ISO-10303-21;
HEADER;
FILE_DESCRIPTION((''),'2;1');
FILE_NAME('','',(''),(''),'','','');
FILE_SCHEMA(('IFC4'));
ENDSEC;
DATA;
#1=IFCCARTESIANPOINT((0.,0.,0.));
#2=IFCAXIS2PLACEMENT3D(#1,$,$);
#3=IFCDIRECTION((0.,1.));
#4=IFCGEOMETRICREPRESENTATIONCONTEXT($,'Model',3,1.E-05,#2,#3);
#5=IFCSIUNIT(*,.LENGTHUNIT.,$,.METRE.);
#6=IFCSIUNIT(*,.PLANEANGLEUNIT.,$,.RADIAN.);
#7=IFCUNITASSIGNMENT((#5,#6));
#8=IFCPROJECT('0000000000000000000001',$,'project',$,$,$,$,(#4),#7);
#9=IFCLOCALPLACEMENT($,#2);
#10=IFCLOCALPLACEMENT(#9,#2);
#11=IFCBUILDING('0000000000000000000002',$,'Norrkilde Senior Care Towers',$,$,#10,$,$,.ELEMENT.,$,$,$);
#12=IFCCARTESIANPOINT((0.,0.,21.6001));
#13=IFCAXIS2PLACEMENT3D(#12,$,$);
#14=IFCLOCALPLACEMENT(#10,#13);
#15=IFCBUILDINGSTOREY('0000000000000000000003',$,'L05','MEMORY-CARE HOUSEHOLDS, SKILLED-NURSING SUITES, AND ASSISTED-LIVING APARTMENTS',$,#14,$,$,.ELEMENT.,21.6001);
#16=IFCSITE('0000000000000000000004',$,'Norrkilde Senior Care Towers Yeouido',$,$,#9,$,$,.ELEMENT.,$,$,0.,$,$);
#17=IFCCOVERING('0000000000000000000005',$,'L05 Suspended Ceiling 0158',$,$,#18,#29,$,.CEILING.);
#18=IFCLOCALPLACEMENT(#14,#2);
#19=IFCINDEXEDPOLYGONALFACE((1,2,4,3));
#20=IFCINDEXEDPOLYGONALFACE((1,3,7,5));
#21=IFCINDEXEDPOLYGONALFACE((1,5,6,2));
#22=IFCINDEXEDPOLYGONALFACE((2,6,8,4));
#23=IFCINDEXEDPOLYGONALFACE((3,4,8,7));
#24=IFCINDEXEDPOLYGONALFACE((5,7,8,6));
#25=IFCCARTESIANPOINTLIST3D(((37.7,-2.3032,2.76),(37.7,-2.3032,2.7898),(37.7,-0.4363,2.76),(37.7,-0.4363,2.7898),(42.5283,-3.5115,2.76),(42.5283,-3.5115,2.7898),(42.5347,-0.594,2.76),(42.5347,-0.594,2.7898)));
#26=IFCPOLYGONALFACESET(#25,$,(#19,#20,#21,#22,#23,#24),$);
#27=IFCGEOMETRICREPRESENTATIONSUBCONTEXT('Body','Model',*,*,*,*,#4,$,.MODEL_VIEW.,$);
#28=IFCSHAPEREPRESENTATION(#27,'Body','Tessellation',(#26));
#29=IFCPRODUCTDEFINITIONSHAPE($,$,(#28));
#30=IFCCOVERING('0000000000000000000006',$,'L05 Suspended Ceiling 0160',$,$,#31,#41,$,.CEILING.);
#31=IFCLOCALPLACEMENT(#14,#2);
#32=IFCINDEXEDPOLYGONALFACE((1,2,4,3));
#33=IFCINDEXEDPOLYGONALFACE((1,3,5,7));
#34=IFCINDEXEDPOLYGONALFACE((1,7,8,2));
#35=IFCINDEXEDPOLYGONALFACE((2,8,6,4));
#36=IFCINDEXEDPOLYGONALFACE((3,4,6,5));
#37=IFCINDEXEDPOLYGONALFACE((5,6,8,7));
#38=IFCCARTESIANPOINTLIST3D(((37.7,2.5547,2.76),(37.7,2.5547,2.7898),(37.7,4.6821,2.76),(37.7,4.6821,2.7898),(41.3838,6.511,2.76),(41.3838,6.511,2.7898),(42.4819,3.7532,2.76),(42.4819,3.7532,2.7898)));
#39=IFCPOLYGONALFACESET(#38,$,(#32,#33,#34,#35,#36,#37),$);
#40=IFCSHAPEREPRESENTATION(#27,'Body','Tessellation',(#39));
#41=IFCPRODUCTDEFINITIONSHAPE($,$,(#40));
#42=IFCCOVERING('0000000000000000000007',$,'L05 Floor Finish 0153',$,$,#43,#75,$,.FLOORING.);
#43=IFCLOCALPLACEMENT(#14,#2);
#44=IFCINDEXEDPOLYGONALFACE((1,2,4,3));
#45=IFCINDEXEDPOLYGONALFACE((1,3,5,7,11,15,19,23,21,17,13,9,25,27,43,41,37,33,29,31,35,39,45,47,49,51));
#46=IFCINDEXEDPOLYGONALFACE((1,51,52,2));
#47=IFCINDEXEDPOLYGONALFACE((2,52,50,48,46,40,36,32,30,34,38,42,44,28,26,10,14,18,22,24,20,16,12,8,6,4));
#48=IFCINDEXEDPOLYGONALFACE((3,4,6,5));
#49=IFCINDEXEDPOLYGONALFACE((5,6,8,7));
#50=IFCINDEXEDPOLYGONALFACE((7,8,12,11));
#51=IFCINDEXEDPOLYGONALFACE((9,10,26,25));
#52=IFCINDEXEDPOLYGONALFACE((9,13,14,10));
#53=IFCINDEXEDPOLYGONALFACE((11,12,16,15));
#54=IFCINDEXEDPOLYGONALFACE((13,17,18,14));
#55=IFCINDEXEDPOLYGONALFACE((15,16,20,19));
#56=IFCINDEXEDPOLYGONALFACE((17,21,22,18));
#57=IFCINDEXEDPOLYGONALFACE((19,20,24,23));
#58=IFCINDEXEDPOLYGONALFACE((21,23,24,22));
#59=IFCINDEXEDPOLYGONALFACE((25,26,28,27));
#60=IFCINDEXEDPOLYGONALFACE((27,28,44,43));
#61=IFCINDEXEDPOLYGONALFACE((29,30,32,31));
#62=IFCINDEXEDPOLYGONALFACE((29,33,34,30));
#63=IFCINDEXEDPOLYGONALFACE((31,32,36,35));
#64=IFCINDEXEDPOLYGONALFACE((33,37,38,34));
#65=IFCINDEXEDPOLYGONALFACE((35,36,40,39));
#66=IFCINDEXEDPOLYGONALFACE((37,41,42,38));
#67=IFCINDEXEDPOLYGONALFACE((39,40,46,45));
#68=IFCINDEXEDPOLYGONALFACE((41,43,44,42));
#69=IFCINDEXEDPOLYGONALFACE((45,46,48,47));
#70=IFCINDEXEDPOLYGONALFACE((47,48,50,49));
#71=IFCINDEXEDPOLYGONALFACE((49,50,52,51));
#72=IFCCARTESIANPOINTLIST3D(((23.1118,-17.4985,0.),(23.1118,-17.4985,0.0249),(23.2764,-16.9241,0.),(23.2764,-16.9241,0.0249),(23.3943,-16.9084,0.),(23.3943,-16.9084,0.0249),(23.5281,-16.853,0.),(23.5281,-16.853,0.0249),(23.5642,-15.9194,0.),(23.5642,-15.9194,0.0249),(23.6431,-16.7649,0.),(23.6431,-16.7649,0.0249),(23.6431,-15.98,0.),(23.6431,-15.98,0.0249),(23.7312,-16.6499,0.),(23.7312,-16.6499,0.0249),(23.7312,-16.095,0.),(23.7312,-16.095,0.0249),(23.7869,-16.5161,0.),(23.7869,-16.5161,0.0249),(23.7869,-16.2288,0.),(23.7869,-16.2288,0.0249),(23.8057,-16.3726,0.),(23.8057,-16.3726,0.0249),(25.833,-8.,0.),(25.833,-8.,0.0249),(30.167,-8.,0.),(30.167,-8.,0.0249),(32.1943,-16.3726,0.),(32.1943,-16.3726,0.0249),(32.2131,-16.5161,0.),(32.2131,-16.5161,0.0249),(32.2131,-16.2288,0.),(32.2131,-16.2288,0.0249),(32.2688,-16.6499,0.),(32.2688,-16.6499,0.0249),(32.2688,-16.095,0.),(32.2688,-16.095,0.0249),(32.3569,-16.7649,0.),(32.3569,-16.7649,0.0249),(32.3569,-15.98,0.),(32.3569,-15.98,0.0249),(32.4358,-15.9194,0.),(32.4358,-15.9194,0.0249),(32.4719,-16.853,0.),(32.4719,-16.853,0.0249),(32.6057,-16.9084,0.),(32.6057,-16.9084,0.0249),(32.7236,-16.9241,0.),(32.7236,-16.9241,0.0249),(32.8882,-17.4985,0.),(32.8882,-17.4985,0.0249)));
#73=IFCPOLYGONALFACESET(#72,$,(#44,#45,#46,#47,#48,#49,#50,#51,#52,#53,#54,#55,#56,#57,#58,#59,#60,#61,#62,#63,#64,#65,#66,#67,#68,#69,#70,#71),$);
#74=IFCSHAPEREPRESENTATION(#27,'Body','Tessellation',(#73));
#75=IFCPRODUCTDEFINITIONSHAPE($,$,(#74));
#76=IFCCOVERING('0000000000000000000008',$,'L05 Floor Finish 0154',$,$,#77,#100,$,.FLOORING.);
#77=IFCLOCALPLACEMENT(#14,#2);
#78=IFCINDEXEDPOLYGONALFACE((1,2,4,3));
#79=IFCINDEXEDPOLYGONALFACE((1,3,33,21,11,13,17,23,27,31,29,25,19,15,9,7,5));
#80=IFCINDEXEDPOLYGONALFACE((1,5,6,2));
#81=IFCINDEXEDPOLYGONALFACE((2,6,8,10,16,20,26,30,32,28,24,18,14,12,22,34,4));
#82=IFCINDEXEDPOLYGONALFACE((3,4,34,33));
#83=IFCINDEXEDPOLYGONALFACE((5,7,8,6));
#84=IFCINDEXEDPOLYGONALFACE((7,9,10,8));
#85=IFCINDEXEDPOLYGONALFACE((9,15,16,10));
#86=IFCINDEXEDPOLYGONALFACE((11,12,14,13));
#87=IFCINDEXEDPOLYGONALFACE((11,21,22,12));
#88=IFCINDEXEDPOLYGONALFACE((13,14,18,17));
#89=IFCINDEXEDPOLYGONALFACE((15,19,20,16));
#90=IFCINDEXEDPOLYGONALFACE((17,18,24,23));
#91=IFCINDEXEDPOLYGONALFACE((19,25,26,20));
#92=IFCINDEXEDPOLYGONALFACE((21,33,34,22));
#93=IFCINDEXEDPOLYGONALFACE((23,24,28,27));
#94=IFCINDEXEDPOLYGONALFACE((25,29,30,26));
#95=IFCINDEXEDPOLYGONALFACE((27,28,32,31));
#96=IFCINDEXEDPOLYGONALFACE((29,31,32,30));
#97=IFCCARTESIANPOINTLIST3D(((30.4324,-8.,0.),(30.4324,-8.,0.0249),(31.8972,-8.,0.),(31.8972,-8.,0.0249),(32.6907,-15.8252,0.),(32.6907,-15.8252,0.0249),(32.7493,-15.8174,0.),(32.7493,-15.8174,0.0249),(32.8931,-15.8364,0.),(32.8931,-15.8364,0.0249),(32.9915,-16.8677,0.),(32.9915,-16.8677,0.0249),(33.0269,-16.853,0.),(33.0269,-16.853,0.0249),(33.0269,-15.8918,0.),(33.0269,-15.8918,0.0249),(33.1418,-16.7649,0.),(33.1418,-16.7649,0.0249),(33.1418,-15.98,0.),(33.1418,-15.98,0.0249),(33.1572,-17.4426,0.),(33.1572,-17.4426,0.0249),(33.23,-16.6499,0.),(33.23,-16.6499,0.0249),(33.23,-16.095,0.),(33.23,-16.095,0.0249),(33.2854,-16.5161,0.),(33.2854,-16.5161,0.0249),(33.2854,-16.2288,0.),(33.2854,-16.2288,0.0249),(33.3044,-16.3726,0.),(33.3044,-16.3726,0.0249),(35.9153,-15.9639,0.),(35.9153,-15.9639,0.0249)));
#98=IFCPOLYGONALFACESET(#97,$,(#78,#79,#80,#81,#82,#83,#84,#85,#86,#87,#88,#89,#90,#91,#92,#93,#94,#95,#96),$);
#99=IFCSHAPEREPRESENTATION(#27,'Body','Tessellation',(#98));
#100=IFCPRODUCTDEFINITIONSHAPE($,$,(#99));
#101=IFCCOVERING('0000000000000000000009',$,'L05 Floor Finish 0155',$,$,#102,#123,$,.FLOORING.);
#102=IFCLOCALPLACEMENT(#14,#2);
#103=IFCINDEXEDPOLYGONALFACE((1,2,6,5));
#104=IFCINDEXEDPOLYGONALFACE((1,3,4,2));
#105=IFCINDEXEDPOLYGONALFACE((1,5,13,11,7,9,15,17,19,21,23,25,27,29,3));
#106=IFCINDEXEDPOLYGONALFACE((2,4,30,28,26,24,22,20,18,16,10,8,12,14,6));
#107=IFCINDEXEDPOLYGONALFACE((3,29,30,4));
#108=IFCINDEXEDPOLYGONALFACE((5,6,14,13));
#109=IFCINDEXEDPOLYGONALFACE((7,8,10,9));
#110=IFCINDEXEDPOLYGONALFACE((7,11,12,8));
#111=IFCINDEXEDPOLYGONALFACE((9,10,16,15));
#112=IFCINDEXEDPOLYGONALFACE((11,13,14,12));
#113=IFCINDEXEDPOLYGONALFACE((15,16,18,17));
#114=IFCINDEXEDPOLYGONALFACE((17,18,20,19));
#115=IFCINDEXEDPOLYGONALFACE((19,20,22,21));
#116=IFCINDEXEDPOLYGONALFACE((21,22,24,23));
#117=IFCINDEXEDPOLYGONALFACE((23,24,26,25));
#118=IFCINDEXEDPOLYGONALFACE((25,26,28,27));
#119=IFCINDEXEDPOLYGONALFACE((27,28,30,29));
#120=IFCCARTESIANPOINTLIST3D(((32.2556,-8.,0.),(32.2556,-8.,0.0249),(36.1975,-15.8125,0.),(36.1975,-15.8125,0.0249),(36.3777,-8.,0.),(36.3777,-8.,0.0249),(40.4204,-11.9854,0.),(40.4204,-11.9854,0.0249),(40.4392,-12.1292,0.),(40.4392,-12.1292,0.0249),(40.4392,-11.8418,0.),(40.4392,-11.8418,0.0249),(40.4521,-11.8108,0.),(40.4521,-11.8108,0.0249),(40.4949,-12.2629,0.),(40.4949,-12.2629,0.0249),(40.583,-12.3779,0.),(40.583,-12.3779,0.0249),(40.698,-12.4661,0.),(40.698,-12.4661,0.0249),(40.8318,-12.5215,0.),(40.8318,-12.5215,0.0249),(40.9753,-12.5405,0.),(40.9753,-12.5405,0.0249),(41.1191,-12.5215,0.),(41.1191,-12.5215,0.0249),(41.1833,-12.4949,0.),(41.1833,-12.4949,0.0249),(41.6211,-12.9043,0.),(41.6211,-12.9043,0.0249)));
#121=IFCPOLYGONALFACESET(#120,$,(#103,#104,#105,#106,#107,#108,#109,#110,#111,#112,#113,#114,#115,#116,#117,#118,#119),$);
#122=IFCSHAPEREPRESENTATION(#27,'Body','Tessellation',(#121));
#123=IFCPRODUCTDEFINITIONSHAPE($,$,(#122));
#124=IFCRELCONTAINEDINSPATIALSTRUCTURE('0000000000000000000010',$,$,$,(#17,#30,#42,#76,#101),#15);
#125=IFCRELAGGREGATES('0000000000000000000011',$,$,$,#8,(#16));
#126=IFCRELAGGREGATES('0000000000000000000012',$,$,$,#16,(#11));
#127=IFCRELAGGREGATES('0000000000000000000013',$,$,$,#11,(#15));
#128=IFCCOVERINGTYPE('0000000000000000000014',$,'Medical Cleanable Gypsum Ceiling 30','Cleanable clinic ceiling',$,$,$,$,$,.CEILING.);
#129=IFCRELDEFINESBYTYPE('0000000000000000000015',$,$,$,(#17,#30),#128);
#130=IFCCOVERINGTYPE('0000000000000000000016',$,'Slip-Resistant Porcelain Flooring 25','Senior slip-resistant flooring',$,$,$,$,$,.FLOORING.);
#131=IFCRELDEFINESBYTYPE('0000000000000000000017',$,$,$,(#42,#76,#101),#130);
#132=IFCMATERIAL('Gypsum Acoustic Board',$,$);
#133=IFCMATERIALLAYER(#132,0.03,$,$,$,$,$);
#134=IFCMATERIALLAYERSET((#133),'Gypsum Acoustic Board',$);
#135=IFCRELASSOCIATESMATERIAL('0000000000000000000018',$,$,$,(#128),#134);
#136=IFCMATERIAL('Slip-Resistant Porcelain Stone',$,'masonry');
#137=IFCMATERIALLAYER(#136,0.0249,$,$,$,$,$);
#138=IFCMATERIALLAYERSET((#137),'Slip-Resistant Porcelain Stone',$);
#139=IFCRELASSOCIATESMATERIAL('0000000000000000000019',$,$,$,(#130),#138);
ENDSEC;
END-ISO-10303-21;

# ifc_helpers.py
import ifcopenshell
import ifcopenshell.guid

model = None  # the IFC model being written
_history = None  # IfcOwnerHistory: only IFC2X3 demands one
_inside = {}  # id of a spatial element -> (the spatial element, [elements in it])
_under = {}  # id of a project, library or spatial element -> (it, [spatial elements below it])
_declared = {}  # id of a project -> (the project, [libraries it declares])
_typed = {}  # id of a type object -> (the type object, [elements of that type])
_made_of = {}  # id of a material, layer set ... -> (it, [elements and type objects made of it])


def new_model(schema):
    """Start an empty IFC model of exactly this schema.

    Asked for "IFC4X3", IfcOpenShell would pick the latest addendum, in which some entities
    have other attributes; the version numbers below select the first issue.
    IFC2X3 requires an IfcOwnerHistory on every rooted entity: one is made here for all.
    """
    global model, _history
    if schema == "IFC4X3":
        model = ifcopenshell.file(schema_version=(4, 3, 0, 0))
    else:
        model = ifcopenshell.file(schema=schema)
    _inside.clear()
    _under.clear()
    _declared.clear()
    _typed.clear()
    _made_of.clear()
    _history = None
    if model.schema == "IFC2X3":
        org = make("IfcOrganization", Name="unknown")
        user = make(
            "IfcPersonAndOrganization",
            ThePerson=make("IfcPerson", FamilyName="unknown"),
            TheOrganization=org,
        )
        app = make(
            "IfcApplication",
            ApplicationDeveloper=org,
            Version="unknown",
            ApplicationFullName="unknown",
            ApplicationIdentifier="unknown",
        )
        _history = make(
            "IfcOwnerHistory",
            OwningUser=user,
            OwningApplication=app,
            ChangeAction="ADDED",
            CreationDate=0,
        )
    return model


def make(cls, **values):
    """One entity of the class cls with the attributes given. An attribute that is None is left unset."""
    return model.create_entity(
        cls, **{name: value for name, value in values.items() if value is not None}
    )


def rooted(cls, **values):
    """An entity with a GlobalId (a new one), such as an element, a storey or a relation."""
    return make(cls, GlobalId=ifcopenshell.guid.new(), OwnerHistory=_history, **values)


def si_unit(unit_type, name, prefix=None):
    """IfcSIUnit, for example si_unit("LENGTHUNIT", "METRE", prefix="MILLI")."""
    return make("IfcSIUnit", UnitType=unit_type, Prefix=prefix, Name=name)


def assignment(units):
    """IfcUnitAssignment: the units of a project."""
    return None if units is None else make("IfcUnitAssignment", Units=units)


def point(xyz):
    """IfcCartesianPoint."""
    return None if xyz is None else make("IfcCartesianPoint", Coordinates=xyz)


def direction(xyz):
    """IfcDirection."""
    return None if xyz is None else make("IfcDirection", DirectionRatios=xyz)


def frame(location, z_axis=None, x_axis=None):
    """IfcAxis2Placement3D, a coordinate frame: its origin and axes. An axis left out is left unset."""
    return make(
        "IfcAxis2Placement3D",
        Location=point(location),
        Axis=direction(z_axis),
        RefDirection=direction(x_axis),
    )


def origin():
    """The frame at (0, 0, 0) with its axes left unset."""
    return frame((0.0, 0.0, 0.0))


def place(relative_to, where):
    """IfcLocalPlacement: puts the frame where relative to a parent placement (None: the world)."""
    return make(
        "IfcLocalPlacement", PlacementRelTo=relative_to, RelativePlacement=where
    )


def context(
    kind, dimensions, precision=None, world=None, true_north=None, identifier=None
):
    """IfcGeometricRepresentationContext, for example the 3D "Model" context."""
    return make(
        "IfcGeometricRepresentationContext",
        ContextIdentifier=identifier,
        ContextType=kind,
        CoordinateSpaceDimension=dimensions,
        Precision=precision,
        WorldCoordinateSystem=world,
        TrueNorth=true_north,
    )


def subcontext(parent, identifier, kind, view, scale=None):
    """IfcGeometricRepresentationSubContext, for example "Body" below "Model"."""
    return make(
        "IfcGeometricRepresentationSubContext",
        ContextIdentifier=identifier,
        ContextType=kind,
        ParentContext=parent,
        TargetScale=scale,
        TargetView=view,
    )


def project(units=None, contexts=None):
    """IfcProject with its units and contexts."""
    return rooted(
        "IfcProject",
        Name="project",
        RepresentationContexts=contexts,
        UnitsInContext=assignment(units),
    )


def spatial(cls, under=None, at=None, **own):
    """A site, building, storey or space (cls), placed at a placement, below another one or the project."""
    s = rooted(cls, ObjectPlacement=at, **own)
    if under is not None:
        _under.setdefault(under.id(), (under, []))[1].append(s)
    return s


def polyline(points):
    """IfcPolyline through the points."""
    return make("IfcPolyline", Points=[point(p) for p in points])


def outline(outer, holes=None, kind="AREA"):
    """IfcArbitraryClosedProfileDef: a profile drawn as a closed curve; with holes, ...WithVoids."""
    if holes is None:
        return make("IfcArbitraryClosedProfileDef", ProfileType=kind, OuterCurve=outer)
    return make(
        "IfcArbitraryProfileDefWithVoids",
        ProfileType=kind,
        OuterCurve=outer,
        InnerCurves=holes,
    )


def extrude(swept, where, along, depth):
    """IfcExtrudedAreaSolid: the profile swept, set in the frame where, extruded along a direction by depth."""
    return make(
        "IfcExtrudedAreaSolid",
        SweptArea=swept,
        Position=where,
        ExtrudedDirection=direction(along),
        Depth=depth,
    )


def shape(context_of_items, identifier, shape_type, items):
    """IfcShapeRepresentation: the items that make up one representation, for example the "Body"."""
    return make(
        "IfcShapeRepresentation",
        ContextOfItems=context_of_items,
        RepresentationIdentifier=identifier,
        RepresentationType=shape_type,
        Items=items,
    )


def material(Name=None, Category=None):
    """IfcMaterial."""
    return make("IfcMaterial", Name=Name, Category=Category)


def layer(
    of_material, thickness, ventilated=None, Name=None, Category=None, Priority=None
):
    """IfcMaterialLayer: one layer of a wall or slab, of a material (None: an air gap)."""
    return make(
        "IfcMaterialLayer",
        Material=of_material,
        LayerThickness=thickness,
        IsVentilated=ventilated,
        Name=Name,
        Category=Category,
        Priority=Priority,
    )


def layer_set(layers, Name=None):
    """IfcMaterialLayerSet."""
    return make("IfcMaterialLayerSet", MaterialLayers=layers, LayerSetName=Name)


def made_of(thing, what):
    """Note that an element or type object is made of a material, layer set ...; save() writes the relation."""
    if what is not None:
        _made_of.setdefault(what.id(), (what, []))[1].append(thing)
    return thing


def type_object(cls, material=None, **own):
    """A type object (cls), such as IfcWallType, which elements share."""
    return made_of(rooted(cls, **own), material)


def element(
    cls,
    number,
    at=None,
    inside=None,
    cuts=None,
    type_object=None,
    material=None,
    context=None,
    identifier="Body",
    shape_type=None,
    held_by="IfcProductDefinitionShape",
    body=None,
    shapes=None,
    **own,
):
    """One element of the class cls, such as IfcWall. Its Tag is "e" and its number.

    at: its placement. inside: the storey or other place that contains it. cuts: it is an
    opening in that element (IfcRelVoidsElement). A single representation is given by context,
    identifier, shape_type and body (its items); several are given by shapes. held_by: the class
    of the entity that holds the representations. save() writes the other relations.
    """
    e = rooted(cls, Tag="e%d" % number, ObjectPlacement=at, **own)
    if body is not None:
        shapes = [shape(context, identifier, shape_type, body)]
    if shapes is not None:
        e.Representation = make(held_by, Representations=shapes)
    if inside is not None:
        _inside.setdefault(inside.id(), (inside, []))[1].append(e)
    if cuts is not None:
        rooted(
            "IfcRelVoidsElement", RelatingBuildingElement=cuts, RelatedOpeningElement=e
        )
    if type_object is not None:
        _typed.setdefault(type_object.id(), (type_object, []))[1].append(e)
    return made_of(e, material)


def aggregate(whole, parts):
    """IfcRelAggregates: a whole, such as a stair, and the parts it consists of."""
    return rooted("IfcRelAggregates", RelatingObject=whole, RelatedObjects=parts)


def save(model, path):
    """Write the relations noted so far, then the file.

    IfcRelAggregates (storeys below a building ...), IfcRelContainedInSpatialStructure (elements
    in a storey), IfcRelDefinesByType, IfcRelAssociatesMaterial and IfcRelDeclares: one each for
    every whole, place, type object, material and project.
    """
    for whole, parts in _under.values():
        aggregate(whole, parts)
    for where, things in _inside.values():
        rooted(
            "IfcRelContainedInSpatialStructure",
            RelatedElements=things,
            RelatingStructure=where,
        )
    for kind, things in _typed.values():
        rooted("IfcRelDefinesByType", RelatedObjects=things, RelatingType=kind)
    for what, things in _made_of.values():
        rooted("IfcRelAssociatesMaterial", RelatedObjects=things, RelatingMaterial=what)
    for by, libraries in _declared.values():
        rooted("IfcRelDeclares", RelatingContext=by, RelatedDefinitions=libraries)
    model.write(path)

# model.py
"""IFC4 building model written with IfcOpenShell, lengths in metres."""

from ifc_helpers import new_model, si_unit, direction, frame, origin, place, context, subcontext, project, spatial, polyline, outline, extrude, material, layer, layer_set, type_object, element, save


model = new_model("IFC4")

# Units and contexts
model_context = context("Model", 3, precision=1e-05, world=origin(), true_north=direction((0.0, 1.0)))
body_context = subcontext(model_context, "Body", "Model", "MODEL_VIEW")
ifc_project = project(units=[si_unit("LENGTHUNIT", "METRE"), si_unit("PLANEANGLEUNIT", "RADIAN")], contexts=[model_context])

# Site, building, storey
site_placement = place(None, origin())
site = spatial("IfcSite", under=ifc_project, at=site_placement, Name="Norrkilde Senior Care Towers Yeouido", CompositionType="ELEMENT", RefElevation=0.0)
building_placement = place(site_placement, origin())
building = spatial("IfcBuilding", under=site, at=building_placement, Name="Norrkilde Senior Care Towers", CompositionType="ELEMENT")
storey_placement = place(building_placement, frame((0.0, 0.0, 21.6001)))
storey = spatial("IfcBuildingStorey", under=building, at=storey_placement, Name="L05", Description="MEMORY-CARE HOUSEHOLDS, SKILLED-NURSING SUITES, AND ASSISTED-LIVING APARTMENTS", CompositionType="ELEMENT", Elevation=21.6001)

# Shared definitions
ifc_material_1 = material(Name="Gypsum Acoustic Board")

# Coverings
ifc_layer_1 = layer(ifc_material_1, 0.03)
ifc_layer_set_1 = layer_set([ifc_layer_1], Name="Gypsum Acoustic Board")
covering_type_1 = type_object("IfcCoveringType", Name="Medical Cleanable Gypsum Ceiling 30", Description="Cleanable clinic ceiling", PredefinedType="CEILING", material=ifc_layer_set_1)
covering_1_placement = place(storey_placement, frame((0.0, 0.0, 2.76)))
element("IfcCovering", 1, at=covering_1_placement, inside=storey, type_object=covering_type_1, Name="L05 Suspended Ceiling 0158", PredefinedType="CEILING", context=body_context, shape_type="SweptSolid", body=[
    extrude(outline(polyline([(42.5283, -3.5115), (37.7, -2.3032), (37.7, -0.4363), (42.5347, -0.594), (42.5283, -3.5115)])), origin(), (0.0, 0.0, 1.0), 0.0298),
])
covering_2_placement = place(storey_placement, frame((0.0, 0.0, 2.76)))
element("IfcCovering", 2, at=covering_2_placement, inside=storey, type_object=covering_type_1, Name="L05 Suspended Ceiling 0160", PredefinedType="CEILING", context=body_context, shape_type="SweptSolid", body=[
    extrude(outline(polyline([(42.4819, 3.7532), (37.7, 2.5547), (37.7, 4.6821), (41.3838, 6.511), (42.4819, 3.7532)])), origin(), (0.0, 0.0, 1.0), 0.0298),
])
ifc_material_2 = material(Name="Slip-Resistant Porcelain Stone", Category="masonry")
ifc_layer_2 = layer(ifc_material_2, 0.0249)
ifc_layer_set_2 = layer_set([ifc_layer_2], Name="Slip-Resistant Porcelain Stone")
covering_type_2 = type_object("IfcCoveringType", Name="Slip-Resistant Porcelain Flooring 25", Description="Senior slip-resistant flooring", PredefinedType="FLOORING", material=ifc_layer_set_2)
covering_3_placement = place(storey_placement, origin())
element("IfcCovering", 3, at=covering_3_placement, inside=storey, type_object=covering_type_2, Name="L05 Floor Finish 0153", PredefinedType="FLOORING", context=body_context, shape_type="SweptSolid", body=[
    extrude(outline(polyline([(23.1118, -17.4985), (23.2764, -16.9241), (23.3943, -16.9084), (23.5281, -16.853), (23.6431, -16.7649), (23.7312, -16.6499), (23.7869, -16.5161), (23.8057, -16.3726), (23.7869, -16.2288), (23.7312, -16.095), (23.6431, -15.98), (23.5642, -15.9194), (25.833, -8.0), (30.167, -8.0), (32.4358, -15.9194), (32.3569, -15.98), (32.2688, -16.095), (32.2131, -16.2288), (32.1943, -16.3726), (32.2131, -16.5161), (32.2688, -16.6499), (32.3569, -16.7649), (32.4719, -16.853), (32.6057, -16.9084), (32.7236, -16.9241), (32.8882, -17.4985), (23.1118, -17.4985)])), origin(), (0.0, 0.0, 1.0), 0.0249),
])
covering_4_placement = place(storey_placement, origin())
element("IfcCovering", 4, at=covering_4_placement, inside=storey, type_object=covering_type_2, Name="L05 Floor Finish 0154", PredefinedType="FLOORING", context=body_context, shape_type="SweptSolid", body=[
    extrude(outline(polyline([(32.9915, -16.8677), (33.0269, -16.853), (33.1418, -16.7649), (33.23, -16.6499), (33.2854, -16.5161), (33.3044, -16.3726), (33.2854, -16.2288), (33.23, -16.095), (33.1418, -15.98), (33.0269, -15.8918), (32.8931, -15.8364), (32.7493, -15.8174), (32.6907, -15.8252), (30.4324, -8.0), (31.8972, -8.0), (35.9153, -15.9639), (33.1572, -17.4426), (32.9915, -16.8677)])), origin(), (0.0, 0.0, 1.0), 0.0249),
])
covering_5_placement = place(storey_placement, origin())
element("IfcCovering", 5, at=covering_5_placement, inside=storey, type_object=covering_type_2, Name="L05 Floor Finish 0155", PredefinedType="FLOORING", context=body_context, shape_type="SweptSolid", body=[
    extrude(outline(polyline([(36.1975, -15.8125), (32.2556, -8.0), (36.3777, -8.0), (40.4521, -11.8108), (40.4392, -11.8418), (40.4204, -11.9854), (40.4392, -12.1292), (40.4949, -12.2629), (40.583, -12.3779), (40.698, -12.4661), (40.8318, -12.5215), (40.9753, -12.5405), (41.1191, -12.5215), (41.1833, -12.4949), (41.6211, -12.9043), (36.1975, -15.8125)])), origin(), (0.0, 0.0, 1.0), 0.0249),
])

save(model, "model.ifc")
